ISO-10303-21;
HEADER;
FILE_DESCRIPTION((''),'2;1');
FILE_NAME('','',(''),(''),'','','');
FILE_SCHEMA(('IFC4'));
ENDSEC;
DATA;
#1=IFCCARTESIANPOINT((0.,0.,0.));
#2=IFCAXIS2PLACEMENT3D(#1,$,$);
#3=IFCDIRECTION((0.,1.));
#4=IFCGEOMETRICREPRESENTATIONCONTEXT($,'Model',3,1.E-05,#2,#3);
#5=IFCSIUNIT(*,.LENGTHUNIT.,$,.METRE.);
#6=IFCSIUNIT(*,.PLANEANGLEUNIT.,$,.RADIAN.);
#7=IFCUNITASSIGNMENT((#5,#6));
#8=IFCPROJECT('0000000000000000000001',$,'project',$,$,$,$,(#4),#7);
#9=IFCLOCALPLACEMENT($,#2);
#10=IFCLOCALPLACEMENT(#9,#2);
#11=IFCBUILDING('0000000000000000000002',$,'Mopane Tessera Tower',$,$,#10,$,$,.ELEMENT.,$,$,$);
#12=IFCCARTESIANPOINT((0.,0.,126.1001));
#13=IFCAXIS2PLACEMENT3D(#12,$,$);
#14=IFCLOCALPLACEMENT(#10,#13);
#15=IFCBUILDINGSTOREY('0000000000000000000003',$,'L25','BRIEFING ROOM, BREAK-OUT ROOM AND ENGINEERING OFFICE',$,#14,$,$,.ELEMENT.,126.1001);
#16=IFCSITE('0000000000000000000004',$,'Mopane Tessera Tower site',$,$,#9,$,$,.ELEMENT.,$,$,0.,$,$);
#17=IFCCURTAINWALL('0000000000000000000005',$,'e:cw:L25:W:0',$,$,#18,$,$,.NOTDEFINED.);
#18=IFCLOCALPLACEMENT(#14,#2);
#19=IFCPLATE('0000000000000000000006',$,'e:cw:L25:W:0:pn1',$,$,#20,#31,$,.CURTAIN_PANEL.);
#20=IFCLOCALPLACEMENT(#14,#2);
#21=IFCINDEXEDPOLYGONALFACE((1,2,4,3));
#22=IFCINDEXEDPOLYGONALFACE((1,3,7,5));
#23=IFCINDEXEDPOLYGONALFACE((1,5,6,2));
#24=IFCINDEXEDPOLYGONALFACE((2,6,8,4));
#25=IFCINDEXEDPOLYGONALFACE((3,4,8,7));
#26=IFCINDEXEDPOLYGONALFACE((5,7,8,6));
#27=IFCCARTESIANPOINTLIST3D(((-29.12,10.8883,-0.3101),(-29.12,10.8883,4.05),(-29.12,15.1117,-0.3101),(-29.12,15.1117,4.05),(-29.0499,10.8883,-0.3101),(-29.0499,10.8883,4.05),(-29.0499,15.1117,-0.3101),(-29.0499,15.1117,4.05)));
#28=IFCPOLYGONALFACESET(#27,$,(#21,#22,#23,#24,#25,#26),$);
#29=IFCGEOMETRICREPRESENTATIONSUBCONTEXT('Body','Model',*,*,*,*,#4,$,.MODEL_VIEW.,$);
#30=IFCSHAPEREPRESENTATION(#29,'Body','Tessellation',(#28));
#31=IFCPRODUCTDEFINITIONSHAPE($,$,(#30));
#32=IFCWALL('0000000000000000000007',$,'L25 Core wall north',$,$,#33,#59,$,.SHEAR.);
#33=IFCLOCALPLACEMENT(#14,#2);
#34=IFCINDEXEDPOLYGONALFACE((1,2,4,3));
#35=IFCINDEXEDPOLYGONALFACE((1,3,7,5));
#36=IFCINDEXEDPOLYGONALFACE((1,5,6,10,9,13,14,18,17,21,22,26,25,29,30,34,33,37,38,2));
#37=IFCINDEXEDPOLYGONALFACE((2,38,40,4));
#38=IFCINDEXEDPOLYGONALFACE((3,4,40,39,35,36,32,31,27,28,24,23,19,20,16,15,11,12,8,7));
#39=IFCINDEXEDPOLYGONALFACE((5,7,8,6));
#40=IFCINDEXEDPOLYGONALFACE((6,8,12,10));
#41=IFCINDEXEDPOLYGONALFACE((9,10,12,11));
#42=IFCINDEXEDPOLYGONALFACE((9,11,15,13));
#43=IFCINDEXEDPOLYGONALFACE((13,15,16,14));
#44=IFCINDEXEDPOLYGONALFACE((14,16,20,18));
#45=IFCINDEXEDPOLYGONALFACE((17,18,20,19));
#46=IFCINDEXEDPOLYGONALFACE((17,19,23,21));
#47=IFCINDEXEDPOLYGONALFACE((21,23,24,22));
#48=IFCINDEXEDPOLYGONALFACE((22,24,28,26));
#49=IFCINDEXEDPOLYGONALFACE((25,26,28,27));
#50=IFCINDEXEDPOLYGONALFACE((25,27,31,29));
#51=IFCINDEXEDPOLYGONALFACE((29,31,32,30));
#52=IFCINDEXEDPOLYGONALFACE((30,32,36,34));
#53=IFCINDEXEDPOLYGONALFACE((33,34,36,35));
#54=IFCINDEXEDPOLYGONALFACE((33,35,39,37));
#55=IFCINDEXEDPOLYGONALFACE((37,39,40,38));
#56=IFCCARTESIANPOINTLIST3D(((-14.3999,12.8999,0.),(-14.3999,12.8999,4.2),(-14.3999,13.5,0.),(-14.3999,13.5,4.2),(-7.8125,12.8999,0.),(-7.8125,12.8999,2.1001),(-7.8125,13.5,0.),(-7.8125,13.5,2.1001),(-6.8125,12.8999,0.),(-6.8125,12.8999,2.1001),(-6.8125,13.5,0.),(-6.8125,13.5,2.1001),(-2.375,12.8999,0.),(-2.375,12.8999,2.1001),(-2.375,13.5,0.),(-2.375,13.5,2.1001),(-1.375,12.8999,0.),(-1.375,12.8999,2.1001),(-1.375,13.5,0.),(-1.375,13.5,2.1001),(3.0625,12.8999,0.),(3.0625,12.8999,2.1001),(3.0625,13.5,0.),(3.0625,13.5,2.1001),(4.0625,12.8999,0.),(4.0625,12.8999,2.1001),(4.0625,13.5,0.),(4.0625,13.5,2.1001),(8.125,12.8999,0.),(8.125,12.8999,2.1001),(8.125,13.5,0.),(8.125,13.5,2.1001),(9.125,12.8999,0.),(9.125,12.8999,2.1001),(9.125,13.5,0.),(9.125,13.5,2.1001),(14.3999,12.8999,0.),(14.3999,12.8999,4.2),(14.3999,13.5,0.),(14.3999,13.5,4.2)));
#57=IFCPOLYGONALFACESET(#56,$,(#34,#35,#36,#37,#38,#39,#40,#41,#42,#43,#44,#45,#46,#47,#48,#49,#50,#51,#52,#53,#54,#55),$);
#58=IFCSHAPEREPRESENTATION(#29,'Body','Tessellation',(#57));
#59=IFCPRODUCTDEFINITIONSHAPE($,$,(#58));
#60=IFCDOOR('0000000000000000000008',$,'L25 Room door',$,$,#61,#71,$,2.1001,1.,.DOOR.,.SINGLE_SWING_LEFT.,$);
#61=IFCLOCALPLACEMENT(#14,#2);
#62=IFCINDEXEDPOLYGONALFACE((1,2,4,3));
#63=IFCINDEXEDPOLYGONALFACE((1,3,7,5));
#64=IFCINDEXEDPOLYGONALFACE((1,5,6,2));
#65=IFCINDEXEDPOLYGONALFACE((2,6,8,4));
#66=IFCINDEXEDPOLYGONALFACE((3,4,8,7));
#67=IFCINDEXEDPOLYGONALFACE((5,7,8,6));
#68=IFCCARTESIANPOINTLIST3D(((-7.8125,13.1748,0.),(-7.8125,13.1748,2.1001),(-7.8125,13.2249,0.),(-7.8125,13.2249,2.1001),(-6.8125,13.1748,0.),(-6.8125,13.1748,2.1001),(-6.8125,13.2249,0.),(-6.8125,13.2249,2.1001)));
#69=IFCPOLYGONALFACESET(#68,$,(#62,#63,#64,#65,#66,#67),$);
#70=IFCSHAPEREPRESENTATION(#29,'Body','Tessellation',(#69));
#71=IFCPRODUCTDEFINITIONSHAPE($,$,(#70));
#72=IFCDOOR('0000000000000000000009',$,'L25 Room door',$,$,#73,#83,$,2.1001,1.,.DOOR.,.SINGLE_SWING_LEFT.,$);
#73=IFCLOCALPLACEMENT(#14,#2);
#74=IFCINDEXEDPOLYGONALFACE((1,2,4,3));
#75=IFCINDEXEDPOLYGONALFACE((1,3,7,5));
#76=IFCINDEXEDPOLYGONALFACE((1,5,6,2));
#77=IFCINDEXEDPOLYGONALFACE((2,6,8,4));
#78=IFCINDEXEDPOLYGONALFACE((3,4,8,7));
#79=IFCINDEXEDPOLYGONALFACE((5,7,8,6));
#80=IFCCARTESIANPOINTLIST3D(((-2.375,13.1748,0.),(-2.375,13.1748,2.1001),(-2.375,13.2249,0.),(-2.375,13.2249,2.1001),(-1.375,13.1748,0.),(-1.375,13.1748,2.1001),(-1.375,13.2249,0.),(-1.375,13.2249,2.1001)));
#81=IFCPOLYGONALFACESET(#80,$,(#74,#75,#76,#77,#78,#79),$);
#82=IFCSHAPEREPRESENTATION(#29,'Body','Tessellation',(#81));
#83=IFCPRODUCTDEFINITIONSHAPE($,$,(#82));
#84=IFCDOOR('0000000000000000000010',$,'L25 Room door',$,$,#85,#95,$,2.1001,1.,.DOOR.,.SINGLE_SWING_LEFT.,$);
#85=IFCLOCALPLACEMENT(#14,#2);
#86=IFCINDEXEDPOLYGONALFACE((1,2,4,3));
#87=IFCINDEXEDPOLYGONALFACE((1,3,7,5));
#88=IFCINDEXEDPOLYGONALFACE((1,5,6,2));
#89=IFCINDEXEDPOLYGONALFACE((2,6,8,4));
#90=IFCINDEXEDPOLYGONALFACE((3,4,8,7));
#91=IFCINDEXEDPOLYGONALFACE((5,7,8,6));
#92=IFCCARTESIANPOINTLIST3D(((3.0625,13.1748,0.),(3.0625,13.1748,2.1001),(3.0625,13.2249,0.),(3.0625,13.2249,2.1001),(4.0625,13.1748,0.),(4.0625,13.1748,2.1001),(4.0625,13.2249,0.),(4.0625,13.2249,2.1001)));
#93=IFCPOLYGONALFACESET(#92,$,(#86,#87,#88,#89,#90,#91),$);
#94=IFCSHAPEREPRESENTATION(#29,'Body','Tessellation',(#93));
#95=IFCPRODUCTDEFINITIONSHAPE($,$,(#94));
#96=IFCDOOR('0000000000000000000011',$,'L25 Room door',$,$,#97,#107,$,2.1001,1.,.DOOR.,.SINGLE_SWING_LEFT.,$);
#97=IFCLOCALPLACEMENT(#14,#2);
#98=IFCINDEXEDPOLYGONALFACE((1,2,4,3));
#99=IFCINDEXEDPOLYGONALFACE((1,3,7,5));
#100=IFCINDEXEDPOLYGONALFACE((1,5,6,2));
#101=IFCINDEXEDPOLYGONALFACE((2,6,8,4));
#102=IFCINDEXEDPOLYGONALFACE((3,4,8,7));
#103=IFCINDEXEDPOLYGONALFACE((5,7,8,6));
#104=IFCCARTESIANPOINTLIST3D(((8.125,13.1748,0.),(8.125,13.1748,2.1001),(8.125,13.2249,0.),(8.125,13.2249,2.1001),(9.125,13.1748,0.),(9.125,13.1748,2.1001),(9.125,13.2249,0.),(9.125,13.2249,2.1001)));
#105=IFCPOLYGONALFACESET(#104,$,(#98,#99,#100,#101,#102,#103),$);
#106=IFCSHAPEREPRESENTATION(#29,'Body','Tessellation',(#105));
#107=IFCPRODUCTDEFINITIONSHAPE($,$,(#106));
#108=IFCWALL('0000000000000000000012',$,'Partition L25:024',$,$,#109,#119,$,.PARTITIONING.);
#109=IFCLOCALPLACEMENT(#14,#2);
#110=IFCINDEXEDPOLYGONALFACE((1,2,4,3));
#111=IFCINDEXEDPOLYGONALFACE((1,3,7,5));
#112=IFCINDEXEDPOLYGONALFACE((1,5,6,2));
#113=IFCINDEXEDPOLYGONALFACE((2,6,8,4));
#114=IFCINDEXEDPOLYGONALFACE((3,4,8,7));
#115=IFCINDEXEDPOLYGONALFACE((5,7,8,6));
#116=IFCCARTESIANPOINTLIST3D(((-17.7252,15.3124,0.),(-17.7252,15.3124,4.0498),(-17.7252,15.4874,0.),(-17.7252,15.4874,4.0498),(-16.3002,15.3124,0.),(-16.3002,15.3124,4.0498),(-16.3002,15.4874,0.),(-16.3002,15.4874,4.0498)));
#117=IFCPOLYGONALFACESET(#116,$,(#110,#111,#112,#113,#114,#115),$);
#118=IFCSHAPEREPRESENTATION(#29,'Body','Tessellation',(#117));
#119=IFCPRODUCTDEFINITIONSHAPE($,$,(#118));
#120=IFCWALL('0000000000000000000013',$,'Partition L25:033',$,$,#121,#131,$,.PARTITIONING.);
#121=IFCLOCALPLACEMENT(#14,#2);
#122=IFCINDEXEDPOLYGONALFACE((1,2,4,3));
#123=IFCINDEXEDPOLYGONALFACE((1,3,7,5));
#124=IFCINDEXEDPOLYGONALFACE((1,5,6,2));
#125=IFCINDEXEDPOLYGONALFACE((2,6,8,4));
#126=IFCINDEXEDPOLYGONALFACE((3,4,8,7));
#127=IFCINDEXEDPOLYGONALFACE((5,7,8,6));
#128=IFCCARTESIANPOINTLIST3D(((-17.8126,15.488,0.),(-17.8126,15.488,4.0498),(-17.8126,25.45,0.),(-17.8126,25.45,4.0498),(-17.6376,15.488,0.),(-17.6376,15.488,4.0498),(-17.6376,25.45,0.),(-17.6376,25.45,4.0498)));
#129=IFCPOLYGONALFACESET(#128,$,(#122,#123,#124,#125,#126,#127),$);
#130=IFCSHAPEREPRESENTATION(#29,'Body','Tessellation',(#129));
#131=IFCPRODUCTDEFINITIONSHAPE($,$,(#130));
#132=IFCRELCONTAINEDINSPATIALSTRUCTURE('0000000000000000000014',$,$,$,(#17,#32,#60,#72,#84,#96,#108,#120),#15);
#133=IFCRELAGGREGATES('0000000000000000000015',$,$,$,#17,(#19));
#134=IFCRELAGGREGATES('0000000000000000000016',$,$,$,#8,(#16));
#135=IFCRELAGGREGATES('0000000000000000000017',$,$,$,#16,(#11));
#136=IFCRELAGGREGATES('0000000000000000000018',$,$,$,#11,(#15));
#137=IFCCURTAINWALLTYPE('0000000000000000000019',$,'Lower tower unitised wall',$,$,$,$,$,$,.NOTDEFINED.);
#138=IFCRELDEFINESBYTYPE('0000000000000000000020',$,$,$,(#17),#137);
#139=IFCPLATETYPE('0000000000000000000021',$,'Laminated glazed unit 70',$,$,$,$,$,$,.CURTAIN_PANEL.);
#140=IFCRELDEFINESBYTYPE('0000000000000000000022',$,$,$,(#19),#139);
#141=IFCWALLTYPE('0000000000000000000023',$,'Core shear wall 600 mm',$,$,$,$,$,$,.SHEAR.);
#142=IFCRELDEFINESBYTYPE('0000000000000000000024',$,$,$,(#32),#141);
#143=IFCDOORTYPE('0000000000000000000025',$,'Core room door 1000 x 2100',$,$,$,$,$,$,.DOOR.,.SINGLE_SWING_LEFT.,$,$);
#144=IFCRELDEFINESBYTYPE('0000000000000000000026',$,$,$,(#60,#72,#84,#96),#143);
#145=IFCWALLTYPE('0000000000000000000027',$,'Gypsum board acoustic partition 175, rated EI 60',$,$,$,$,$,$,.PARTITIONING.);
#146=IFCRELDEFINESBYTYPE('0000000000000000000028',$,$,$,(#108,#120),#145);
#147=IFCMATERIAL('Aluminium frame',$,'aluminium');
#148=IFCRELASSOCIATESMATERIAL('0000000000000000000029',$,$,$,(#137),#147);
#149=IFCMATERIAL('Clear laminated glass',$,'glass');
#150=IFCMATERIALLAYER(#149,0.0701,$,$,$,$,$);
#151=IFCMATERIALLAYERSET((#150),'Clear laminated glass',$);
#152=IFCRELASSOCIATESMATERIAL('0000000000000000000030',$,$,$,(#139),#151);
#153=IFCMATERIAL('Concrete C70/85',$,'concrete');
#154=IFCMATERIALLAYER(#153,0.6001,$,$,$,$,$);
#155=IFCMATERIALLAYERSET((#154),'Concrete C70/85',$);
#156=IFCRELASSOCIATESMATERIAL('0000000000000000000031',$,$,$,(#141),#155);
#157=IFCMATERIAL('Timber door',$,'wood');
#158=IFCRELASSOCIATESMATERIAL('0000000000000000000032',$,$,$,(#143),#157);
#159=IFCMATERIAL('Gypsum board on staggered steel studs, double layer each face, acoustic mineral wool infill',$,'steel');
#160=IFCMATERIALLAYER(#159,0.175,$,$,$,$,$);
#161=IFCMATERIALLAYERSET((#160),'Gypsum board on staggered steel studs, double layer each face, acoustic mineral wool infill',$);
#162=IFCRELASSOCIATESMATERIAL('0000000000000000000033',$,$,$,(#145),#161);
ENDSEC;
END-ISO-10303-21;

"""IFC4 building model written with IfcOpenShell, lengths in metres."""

from ifc_helpers import new_model, si_unit, direction, frame, frame_2d, origin, origin_2d, place, context, subcontext, project, spatial, rectangle, extrude, material, layer, layer_set, type_object, element, fill, aggregate, save


model = new_model("IFC4")

# Units and contexts
model_context = context("Model", 3, precision=1e-05, world=origin(), true_north=direction((0.0, 1.0)))
body_context = subcontext(model_context, "Body", "Model", "MODEL_VIEW")
ifc_project = project(units=[si_unit("LENGTHUNIT", "METRE"), si_unit("PLANEANGLEUNIT", "RADIAN")], contexts=[model_context])

# Site, building, storey
site_placement = place(None, origin())
site = spatial("IfcSite", under=ifc_project, at=site_placement, Name="Mopane Tessera Tower site", CompositionType="ELEMENT", RefElevation=0.0)
building_placement = place(site_placement, origin())
building = spatial("IfcBuilding", under=site, at=building_placement, Name="Mopane Tessera Tower", CompositionType="ELEMENT")
storey_placement = place(building_placement, frame((0.0, 0.0, 126.1001)))
storey = spatial("IfcBuildingStorey", under=building, at=storey_placement, Name="L25", Description="BRIEFING ROOM, BREAK-OUT ROOM AND ENGINEERING OFFICE", CompositionType="ELEMENT", Elevation=126.1001)

# Curtain wall
ifc_material_1 = material(Name="Aluminium frame", Category="aluminium")
curtain_wall_type = type_object("IfcCurtainWallType", Name="Lower tower unitised wall", PredefinedType="NOTDEFINED", material=ifc_material_1)
curtain_wall_1_placement = place(storey_placement, origin())
curtain_wall_1 = element("IfcCurtainWall", 1, at=curtain_wall_1_placement, inside=storey, type_object=curtain_wall_type, Name="e:cw:L25:W:0", PredefinedType="NOTDEFINED")

# Plate
ifc_material_2 = material(Name="Clear laminated glass", Category="glass")
ifc_layer_1 = layer(ifc_material_2, 0.0701)
ifc_layer_set_1 = layer_set([ifc_layer_1], Name="Clear laminated glass")
plate_type = type_object("IfcPlateType", Name="Laminated glazed unit 70", PredefinedType="CURTAIN_PANEL", material=ifc_layer_set_1)
plate_1_placement = place(storey_placement, frame((-29.085, 13.0, -0.3101), z_axis=(0.0, 0.0, 1.0), x_axis=(0.0, -1.0, 0.0)))
plate_1 = element("IfcPlate", 2, at=plate_1_placement, type_object=plate_type, Name="e:cw:L25:W:0:pn1", PredefinedType="CURTAIN_PANEL", context=body_context, shape_type="SweptSolid", body=[
    extrude(rectangle(XDim=4.2234, YDim=0.0701, at=origin_2d()), origin(), (0.0, 0.0, 1.0), 4.3601),
])
aggregate(curtain_wall_1, [plate_1])

# Wall, openings, doors
ifc_material_3 = material(Name="Concrete C70/85", Category="concrete")
ifc_layer_2 = layer(ifc_material_3, 0.6001)
ifc_layer_set_2 = layer_set([ifc_layer_2], Name="Concrete C70/85")
wall_type_1 = type_object("IfcWallType", Name="Core shear wall 600 mm", PredefinedType="SHEAR", material=ifc_layer_set_2)
wall_1_placement = place(storey_placement, frame((-14.3999, 13.2, 0.0), z_axis=(0.0, 0.0, 1.0), x_axis=(1.0, 0.0, 0.0)))
wall_1 = element("IfcWall", 3, at=wall_1_placement, inside=storey, type_object=wall_type_1, Name="L25 Core wall north", PredefinedType="SHEAR", context=body_context, shape_type="SweptSolid", body=[
    extrude(rectangle(XDim=28.7998, YDim=0.6001, at=frame_2d((14.3999, 0.0))), origin(), (0.0, 0.0, 1.0), 4.2),
])
opening_1_placement = place(wall_1_placement, frame((6.5874, 0.0, 0.0)))
opening_1 = element("IfcOpeningElement", 4, at=opening_1_placement, cuts=wall_1, PredefinedType="OPENING", context=body_context, shape_type="SweptSolid", body=[
    extrude(rectangle(XDim=1.0, YDim=2.1001, at=frame_2d((0.5, 1.05))), frame((0.0, 0.312, 0.0), z_axis=(0.0, -1.0, 0.0), x_axis=(1.0, 0.0, 0.0)), (0.0, 0.0, 1.0), 0.624),
])
opening_2_placement = place(wall_1_placement, frame((12.0249, 0.0, 0.0)))
opening_2 = element("IfcOpeningElement", 5, at=opening_2_placement, cuts=wall_1, PredefinedType="OPENING", context=body_context, shape_type="SweptSolid", body=[
    extrude(rectangle(XDim=1.0, YDim=2.1001, at=frame_2d((0.5, 1.05))), frame((0.0, 0.312, 0.0), z_axis=(0.0, -1.0, 0.0), x_axis=(1.0, 0.0, 0.0)), (0.0, 0.0, 1.0), 0.624),
])
opening_3_placement = place(wall_1_placement, frame((17.4624, 0.0, 0.0)))
opening_3 = element("IfcOpeningElement", 6, at=opening_3_placement, cuts=wall_1, PredefinedType="OPENING", context=body_context, shape_type="SweptSolid", body=[
    extrude(rectangle(XDim=1.0, YDim=2.1001, at=frame_2d((0.5, 1.05))), frame((0.0, 0.312, 0.0), z_axis=(0.0, -1.0, 0.0), x_axis=(1.0, 0.0, 0.0)), (0.0, 0.0, 1.0), 0.624),
])
opening_4_placement = place(wall_1_placement, frame((22.5249, 0.0, 0.0)))
opening_4 = element("IfcOpeningElement", 7, at=opening_4_placement, cuts=wall_1, PredefinedType="OPENING", context=body_context, shape_type="SweptSolid", body=[
    extrude(rectangle(XDim=1.0, YDim=2.1001, at=frame_2d((0.5, 1.05))), frame((0.0, 0.312, 0.0), z_axis=(0.0, -1.0, 0.0), x_axis=(1.0, 0.0, 0.0)), (0.0, 0.0, 1.0), 0.624),
])
ifc_material_4 = material(Name="Timber door", Category="wood")
door_type_1 = type_object("IfcDoorType", Name="Core room door 1000 x 2100", OperationType="SINGLE_SWING_LEFT", PredefinedType="DOOR", material=ifc_material_4)
door_1_placement = place(opening_1_placement, origin())
door_1 = element("IfcDoor", 8, at=door_1_placement, inside=storey, type_object=door_type_1, Name="L25 Room door", OperationType="SINGLE_SWING_LEFT", OverallHeight=2.1001, OverallWidth=1.0, PredefinedType="DOOR", context=body_context, shape_type="SweptSolid", body=[
    extrude(rectangle(XDim=1.0, YDim=2.1001, at=frame_2d((0.5, 1.05))), frame((0.0, 0.0249, 0.0), z_axis=(0.0, -1.0, 0.0), x_axis=(1.0, 0.0, 0.0)), (0.0, 0.0, 1.0), 0.05),
])
fill(opening_1, door_1)
door_2_placement = place(opening_2_placement, origin())
door_2 = element("IfcDoor", 9, at=door_2_placement, inside=storey, type_object=door_type_1, Name="L25 Room door", OperationType="SINGLE_SWING_LEFT", OverallHeight=2.1001, OverallWidth=1.0, PredefinedType="DOOR", context=body_context, shape_type="SweptSolid", body=[
    extrude(rectangle(XDim=1.0, YDim=2.1001, at=frame_2d((0.5, 1.05))), frame((0.0, 0.0249, 0.0), z_axis=(0.0, -1.0, 0.0), x_axis=(1.0, 0.0, 0.0)), (0.0, 0.0, 1.0), 0.05),
])
fill(opening_2, door_2)
door_3_placement = place(opening_3_placement, origin())
door_3 = element("IfcDoor", 10, at=door_3_placement, inside=storey, type_object=door_type_1, Name="L25 Room door", OperationType="SINGLE_SWING_LEFT", OverallHeight=2.1001, OverallWidth=1.0, PredefinedType="DOOR", context=body_context, shape_type="SweptSolid", body=[
    extrude(rectangle(XDim=1.0, YDim=2.1001, at=frame_2d((0.5, 1.05))), frame((0.0, 0.0249, 0.0), z_axis=(0.0, -1.0, 0.0), x_axis=(1.0, 0.0, 0.0)), (0.0, 0.0, 1.0), 0.05),
])
fill(opening_3, door_3)
door_4_placement = place(opening_4_placement, origin())
door_4 = element("IfcDoor", 11, at=door_4_placement, inside=storey, type_object=door_type_1, Name="L25 Room door", OperationType="SINGLE_SWING_LEFT", OverallHeight=2.1001, OverallWidth=1.0, PredefinedType="DOOR", context=body_context, shape_type="SweptSolid", body=[
    extrude(rectangle(XDim=1.0, YDim=2.1001, at=frame_2d((0.5, 1.05))), frame((0.0, 0.0249, 0.0), z_axis=(0.0, -1.0, 0.0), x_axis=(1.0, 0.0, 0.0)), (0.0, 0.0, 1.0), 0.05),
])
fill(opening_4, door_4)

# Walls
ifc_material_5 = material(Name="Gypsum board on staggered steel studs, double layer each face, acoustic mineral wool infill", Category="steel")
ifc_layer_3 = layer(ifc_material_5, 0.175)
ifc_layer_set_3 = layer_set([ifc_layer_3], Name="Gypsum board on staggered steel studs, double layer each face, acoustic mineral wool infill")
wall_type_2 = type_object("IfcWallType", Name="Gypsum board acoustic partition 175, rated EI 60", PredefinedType="PARTITIONING", material=ifc_layer_set_3)
wall_2_placement = place(storey_placement, frame((-17.7251, 15.3999, 0.0), z_axis=(0.0, 0.0, 1.0), x_axis=(1.0, 0.0, 0.0)))
element("IfcWall", 12, at=wall_2_placement, inside=storey, type_object=wall_type_2, Name="Partition L25:024", PredefinedType="PARTITIONING", context=body_context, shape_type="SweptSolid", body=[
    extrude(rectangle(XDim=1.425, YDim=0.175, at=frame_2d((0.7124, 0.0))), origin(), (0.0, 0.0, 1.0), 4.0498),
])
wall_3_placement = place(storey_placement, frame((-17.7251, 15.488, 0.0), z_axis=(0.0, 0.0, 1.0), x_axis=(0.0, 1.0, 0.0)))
element("IfcWall", 13, at=wall_3_placement, inside=storey, type_object=wall_type_2, Name="Partition L25:033", PredefinedType="PARTITIONING", context=body_context, shape_type="SweptSolid", body=[
    extrude(rectangle(XDim=9.9619, YDim=0.175, at=frame_2d((4.981, 0.0))), origin(), (0.0, 0.0, 1.0), 4.0498),
])

save(model, "model.ifc")
